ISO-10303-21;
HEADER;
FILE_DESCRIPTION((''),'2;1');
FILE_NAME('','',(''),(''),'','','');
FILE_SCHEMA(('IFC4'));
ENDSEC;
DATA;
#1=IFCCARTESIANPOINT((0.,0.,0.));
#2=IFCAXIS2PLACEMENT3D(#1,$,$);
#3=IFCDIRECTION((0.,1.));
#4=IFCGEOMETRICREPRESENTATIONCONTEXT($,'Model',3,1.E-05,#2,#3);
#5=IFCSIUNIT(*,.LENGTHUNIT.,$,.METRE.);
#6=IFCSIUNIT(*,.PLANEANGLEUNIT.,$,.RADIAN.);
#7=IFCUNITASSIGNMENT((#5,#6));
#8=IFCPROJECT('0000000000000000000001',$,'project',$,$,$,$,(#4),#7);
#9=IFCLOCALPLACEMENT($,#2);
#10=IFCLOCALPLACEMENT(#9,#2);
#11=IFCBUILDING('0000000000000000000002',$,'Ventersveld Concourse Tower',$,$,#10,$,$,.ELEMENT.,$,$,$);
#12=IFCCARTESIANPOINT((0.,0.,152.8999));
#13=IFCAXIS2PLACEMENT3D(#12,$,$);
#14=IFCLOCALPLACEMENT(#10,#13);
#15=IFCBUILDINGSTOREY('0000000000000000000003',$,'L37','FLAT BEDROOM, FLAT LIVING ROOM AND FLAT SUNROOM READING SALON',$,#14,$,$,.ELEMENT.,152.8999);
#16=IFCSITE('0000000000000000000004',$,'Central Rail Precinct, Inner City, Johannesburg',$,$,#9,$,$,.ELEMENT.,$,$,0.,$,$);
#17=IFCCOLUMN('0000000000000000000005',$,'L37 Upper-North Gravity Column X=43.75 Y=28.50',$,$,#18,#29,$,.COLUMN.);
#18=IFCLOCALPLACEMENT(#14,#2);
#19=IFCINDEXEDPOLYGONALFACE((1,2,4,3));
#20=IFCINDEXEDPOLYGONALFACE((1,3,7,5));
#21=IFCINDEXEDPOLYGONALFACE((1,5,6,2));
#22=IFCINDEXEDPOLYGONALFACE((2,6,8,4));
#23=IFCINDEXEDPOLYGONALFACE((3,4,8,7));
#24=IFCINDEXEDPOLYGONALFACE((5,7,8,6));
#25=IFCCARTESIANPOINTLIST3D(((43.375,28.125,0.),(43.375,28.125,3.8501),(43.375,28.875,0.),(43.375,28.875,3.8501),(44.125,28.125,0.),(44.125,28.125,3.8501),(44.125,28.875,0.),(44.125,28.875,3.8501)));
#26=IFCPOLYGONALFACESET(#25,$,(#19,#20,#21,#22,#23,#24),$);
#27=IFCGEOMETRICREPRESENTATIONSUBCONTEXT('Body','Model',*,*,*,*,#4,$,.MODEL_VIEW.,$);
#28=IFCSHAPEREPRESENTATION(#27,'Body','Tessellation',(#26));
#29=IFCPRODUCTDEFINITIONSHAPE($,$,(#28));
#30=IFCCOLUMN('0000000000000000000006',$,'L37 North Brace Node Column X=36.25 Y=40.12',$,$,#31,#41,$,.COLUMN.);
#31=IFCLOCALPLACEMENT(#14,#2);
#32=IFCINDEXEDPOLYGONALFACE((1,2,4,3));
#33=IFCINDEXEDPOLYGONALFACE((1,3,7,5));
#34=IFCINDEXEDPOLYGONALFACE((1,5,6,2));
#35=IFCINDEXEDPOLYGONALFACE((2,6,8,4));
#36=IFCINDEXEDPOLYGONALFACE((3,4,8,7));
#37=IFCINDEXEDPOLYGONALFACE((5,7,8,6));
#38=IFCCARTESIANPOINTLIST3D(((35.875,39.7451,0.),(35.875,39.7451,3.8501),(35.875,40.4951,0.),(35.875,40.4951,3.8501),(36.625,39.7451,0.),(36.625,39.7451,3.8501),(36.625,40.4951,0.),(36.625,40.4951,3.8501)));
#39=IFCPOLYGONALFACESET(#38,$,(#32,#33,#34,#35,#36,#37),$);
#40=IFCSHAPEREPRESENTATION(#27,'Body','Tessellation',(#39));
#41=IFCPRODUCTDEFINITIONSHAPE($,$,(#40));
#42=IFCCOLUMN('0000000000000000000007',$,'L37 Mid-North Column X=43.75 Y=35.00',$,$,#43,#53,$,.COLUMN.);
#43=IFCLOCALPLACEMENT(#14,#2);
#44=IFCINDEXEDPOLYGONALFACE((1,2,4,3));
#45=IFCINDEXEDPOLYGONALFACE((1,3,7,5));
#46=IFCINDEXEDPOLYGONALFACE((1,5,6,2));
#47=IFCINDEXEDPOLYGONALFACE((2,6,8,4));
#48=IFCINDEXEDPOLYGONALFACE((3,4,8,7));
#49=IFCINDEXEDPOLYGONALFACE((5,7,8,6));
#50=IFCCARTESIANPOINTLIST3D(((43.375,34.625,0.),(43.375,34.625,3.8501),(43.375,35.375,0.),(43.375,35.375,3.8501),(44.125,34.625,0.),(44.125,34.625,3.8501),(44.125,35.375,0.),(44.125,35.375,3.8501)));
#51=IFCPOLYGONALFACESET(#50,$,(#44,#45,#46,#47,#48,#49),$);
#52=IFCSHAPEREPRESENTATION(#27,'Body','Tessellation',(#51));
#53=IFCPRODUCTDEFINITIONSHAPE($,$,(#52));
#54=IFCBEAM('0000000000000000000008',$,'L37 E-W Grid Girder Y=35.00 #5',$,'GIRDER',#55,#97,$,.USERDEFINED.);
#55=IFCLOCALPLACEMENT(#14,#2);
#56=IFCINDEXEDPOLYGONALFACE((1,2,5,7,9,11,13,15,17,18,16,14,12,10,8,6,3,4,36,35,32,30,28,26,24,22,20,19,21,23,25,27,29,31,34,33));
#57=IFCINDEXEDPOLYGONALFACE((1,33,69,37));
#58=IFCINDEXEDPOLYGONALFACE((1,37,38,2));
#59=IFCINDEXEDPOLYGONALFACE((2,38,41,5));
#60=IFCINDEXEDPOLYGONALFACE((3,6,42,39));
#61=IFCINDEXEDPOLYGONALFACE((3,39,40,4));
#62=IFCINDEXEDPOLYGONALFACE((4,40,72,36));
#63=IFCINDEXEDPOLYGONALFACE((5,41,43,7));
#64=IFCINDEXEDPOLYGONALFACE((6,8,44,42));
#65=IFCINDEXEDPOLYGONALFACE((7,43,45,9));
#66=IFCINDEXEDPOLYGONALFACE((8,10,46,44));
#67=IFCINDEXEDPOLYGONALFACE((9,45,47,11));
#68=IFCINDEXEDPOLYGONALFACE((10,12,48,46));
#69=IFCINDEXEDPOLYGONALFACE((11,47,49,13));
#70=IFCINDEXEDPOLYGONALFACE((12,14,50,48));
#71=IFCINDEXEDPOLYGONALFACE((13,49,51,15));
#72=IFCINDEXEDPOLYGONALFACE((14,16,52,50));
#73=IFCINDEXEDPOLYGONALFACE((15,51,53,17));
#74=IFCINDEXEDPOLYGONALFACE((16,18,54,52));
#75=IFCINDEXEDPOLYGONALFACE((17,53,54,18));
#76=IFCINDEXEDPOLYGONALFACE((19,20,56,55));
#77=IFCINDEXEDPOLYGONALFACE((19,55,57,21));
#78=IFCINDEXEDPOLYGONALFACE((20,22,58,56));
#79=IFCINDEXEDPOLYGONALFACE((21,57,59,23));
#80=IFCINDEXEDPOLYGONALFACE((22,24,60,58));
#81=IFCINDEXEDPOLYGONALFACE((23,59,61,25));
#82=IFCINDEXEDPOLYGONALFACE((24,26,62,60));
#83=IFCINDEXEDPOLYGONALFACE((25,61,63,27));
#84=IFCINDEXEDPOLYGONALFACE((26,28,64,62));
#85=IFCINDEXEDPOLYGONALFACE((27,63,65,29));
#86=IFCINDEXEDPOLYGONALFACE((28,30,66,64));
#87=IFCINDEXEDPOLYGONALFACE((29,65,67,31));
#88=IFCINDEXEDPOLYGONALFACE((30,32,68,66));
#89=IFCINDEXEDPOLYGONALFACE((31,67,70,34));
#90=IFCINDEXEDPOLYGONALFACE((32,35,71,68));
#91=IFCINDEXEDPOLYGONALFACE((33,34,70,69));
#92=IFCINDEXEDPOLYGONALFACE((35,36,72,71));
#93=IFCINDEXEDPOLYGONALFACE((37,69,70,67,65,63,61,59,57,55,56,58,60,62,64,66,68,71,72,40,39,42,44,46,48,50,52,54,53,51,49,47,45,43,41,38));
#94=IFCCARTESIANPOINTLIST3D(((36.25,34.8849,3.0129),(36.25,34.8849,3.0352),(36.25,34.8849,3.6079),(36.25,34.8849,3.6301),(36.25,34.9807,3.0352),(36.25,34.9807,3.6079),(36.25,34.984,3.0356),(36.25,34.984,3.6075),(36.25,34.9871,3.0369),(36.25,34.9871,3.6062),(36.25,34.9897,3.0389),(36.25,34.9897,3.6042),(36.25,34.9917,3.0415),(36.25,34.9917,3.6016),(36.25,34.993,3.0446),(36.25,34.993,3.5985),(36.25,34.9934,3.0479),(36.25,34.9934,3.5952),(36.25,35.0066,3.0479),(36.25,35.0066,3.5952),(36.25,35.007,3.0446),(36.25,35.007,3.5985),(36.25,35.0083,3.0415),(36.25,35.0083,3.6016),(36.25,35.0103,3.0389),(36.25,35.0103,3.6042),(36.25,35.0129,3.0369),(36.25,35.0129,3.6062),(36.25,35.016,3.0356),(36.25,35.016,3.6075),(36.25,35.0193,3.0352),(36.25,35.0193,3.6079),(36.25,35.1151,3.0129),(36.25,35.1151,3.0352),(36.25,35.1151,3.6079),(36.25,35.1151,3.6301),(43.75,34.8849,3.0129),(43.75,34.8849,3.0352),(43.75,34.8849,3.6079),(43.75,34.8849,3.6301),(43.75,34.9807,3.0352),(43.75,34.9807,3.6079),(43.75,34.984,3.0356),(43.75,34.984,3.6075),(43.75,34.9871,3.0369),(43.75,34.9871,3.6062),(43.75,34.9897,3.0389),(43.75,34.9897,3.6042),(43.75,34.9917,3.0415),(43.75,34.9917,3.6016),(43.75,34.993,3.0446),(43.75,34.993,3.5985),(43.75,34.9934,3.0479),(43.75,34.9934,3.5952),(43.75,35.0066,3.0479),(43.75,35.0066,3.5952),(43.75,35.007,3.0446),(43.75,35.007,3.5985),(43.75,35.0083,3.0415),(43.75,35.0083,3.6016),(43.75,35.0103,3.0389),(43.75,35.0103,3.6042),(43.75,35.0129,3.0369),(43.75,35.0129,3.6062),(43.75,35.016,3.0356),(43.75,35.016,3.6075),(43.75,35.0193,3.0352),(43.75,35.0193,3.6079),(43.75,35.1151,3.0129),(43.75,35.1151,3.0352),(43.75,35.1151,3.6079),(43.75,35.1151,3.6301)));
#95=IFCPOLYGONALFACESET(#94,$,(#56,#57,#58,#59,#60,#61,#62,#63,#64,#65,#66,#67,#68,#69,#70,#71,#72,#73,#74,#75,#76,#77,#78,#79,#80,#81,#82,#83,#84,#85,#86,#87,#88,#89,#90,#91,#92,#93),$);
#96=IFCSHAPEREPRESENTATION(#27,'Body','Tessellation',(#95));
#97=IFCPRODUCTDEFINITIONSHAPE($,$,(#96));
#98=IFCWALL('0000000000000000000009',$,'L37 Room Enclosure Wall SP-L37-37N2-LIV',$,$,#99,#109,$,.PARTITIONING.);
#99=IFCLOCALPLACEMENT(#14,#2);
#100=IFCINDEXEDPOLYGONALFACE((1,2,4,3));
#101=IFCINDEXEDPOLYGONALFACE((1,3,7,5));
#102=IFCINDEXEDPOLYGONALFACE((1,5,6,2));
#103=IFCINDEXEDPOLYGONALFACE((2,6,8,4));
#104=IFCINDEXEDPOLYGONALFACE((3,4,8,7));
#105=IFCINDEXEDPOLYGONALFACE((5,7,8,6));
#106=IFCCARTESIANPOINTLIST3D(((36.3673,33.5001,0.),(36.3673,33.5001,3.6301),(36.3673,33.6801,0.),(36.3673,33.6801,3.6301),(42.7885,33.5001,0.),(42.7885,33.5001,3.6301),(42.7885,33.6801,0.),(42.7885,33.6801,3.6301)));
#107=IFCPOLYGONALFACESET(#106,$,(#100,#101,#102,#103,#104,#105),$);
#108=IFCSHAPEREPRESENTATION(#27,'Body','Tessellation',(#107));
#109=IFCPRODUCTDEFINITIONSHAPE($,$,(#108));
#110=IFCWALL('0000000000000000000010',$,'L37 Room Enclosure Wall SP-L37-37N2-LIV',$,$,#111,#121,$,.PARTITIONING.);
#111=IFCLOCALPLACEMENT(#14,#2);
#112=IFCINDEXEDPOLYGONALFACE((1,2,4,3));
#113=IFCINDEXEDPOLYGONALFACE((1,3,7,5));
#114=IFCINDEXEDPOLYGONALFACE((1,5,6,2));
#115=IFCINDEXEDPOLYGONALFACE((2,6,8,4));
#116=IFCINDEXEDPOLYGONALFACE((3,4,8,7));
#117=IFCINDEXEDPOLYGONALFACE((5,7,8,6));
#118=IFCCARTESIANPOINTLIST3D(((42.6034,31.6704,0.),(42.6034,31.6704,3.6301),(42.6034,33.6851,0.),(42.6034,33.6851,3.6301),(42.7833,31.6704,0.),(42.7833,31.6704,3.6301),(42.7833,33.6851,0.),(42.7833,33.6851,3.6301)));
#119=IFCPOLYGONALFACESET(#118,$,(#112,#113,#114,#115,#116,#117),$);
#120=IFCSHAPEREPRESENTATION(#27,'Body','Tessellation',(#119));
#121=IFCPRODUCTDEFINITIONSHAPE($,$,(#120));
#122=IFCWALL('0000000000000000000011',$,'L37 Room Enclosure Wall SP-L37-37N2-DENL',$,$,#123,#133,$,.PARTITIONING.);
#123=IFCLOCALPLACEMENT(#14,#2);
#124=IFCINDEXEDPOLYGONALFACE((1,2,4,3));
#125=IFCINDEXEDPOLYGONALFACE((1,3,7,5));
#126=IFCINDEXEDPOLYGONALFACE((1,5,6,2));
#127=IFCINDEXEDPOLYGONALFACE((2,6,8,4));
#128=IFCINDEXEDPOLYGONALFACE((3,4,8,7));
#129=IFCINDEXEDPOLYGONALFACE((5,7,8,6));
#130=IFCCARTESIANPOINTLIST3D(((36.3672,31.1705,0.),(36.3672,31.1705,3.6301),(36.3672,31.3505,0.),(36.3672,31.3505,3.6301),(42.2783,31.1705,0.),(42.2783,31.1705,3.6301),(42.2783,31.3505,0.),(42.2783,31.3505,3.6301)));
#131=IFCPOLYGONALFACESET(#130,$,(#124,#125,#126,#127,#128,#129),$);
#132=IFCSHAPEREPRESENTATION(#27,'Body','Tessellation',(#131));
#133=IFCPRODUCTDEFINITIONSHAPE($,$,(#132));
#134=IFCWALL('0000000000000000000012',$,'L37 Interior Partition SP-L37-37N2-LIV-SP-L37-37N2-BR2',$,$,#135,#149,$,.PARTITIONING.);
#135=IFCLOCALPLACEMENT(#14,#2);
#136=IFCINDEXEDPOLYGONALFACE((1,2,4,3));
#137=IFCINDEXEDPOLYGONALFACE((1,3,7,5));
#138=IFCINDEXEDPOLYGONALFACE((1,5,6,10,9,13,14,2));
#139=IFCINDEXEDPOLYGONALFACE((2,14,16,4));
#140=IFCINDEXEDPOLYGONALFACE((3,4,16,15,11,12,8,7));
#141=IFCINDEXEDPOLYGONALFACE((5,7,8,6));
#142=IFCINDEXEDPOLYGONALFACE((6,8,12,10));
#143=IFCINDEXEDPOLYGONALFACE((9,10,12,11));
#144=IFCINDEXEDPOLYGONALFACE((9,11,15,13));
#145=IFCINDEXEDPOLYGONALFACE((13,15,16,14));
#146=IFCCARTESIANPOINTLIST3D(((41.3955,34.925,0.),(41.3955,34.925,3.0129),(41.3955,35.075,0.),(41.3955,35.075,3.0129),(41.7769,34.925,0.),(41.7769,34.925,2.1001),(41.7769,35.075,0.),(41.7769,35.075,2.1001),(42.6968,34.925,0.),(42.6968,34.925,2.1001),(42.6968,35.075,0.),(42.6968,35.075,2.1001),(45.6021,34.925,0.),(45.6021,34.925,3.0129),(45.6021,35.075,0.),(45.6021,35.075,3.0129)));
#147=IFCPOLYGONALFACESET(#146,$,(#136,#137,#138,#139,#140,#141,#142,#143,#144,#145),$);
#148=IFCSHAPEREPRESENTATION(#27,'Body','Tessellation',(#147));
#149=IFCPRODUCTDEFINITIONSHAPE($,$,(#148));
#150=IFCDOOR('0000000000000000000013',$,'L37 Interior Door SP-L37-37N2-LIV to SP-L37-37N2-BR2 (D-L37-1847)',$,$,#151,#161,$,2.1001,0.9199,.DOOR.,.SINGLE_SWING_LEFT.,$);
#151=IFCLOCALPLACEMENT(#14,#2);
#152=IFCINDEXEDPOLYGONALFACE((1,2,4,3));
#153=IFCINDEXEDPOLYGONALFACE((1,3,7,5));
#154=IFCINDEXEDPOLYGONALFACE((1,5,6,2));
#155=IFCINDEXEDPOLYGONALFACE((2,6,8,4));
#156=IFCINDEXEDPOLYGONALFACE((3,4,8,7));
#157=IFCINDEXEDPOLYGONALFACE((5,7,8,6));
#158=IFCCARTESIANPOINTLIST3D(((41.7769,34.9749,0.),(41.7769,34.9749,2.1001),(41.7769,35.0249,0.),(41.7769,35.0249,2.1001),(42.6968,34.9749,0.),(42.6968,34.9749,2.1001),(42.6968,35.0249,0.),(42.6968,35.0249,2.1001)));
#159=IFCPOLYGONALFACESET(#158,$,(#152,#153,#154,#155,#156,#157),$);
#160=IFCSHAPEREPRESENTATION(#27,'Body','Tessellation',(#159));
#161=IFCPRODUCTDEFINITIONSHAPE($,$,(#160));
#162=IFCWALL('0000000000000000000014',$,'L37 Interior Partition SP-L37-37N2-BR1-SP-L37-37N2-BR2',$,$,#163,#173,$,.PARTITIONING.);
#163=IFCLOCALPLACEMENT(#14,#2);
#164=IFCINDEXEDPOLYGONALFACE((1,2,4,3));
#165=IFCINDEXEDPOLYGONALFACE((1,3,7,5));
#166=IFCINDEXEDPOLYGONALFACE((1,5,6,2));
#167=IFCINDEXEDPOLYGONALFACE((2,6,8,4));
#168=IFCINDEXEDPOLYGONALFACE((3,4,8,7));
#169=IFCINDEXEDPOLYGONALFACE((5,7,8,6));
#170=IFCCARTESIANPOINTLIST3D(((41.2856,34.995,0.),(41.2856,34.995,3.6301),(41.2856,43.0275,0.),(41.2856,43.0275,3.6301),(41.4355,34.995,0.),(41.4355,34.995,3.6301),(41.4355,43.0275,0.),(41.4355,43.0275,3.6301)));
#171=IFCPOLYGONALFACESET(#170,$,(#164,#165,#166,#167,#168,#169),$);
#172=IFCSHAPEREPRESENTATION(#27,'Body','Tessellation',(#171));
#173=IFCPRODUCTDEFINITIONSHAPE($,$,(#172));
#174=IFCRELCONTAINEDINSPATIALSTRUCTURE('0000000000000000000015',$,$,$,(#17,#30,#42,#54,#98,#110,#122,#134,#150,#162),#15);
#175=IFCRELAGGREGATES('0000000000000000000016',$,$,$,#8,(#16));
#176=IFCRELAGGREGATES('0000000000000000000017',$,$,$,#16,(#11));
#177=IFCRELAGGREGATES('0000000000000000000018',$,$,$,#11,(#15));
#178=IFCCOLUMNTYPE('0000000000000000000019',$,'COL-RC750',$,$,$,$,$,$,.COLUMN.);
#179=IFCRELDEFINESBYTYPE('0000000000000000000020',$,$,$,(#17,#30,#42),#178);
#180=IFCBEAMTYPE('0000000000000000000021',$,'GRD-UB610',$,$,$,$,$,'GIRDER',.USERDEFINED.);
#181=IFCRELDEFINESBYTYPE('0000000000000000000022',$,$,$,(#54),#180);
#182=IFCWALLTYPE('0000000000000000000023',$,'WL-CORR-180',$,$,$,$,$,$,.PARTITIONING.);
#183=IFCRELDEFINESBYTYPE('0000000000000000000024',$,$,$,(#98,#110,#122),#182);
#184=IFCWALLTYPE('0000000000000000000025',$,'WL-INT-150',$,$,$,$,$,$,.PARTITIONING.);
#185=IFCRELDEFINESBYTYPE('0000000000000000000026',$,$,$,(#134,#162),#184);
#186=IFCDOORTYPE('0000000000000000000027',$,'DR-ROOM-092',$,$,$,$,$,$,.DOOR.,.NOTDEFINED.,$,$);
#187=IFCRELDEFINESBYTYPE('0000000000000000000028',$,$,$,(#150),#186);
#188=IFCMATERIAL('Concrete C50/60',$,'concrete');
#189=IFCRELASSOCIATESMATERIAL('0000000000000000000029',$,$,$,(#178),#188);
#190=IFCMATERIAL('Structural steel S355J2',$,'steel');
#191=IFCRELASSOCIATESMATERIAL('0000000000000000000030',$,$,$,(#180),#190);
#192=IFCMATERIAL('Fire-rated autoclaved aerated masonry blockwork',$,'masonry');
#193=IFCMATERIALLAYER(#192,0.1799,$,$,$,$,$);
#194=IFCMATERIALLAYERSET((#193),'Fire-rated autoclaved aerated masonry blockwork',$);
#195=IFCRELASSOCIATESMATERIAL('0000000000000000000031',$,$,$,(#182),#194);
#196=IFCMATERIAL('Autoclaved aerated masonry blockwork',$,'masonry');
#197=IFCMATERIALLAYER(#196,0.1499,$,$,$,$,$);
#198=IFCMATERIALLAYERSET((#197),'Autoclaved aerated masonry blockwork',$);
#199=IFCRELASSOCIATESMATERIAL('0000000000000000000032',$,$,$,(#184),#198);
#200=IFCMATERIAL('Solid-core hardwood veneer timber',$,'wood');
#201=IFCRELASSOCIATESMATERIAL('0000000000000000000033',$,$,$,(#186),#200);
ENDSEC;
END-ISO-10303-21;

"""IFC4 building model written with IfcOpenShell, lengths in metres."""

from ifc_helpers import new_model, si_unit, direction, frame, frame_2d, origin, origin_2d, place, context, subcontext, project, spatial, rectangle, i_section, extrude, material, layer, layer_set, material_profile, profile_set, type_object, element, fill, save


model = new_model("IFC4")

# Units and contexts
model_context = context("Model", 3, precision=1e-05, world=origin(), true_north=direction((0.0, 1.0)))
body_context = subcontext(model_context, "Body", "Model", "MODEL_VIEW")
ifc_project = project(units=[si_unit("LENGTHUNIT", "METRE"), si_unit("PLANEANGLEUNIT", "RADIAN")], contexts=[model_context])

# Site, building, storey
site_placement = place(None, origin())
site = spatial("IfcSite", under=ifc_project, at=site_placement, Name="Central Rail Precinct, Inner City, Johannesburg", CompositionType="ELEMENT", RefElevation=0.0)
building_placement = place(site_placement, origin())
building = spatial("IfcBuilding", under=site, at=building_placement, Name="Ventersveld Concourse Tower", CompositionType="ELEMENT")
storey_placement = place(building_placement, frame((0.0, 0.0, 152.8999)))
storey = spatial("IfcBuildingStorey", under=building, at=storey_placement, Name="L37", Description="FLAT BEDROOM, FLAT LIVING ROOM AND FLAT SUNROOM READING SALON", CompositionType="ELEMENT", Elevation=152.8999)

# Columns
ifc_material_1 = material(Name="Concrete C50/60", Category="concrete")
ifc_material_profile_1 = material_profile(ifc_material_1, rectangle(XDim=0.75, YDim=0.75, at=origin_2d()), Name="RC 750x750")
ifc_profile_set_1 = profile_set([ifc_material_profile_1], Name="Concrete C50/60")
column_type = type_object("IfcColumnType", Name="COL-RC750", PredefinedType="COLUMN", material=ifc_profile_set_1)
for number, where, z_axis, x_axis, name in (
    (1, (43.75, 28.5, 0.0), (0.0, 0.0, 1.0), (1.0, 0.0, 0.0), "L37 Upper-North Gravity Column X=43.75 Y=28.50"),
    (2, (36.25, 40.1201, 0.0), (0.0, 0.0, 1.0), (1.0, 0.0, 0.0), "L37 North Brace Node Column X=36.25 Y=40.12"),
    (3, (43.75, 35.0, 0.0), (0.0, 0.0, 1.0), (1.0, 0.0, 0.0), "L37 Mid-North Column X=43.75 Y=35.00"),
):
    element("IfcColumn", number, at=place(storey_placement, frame(where, z_axis=z_axis, x_axis=x_axis)), inside=storey, type_object=column_type, Name=name, PredefinedType="COLUMN", context=body_context, shape_type="SweptSolid", body=[
        extrude(rectangle(XDim=0.75, YDim=0.75, at=origin_2d()), origin(), (0.0, 0.0, 1.0), 3.8501),
    ])

# Beam
ifc_material_2 = material(Name="Structural steel S355J2", Category="steel")
ifc_material_profile_2 = material_profile(ifc_material_2, i_section(OverallWidth=0.2302, OverallDepth=0.6172, WebThickness=0.0132, FlangeThickness=0.0222, FilletRadius=0.0127, at=origin_2d()), Name="UB 610x229x140")
ifc_profile_set_2 = profile_set([ifc_material_profile_2], Name="Structural steel S355J2")
beam_type = type_object("IfcBeamType", Name="GRD-UB610", ElementType="GIRDER", PredefinedType="USERDEFINED", material=ifc_profile_set_2)
beam_placement = place(storey_placement, frame((36.25, 35.0, 3.3215), z_axis=(1.0, 0.0, 0.0), x_axis=(0.0, 1.0, 0.0)))
element("IfcBeam", 4, at=beam_placement, inside=storey, type_object=beam_type, Name="L37 E-W Grid Girder Y=35.00 #5", ObjectType="GIRDER", PredefinedType="USERDEFINED", context=body_context, shape_type="SweptSolid", body=[
    extrude(i_section(OverallWidth=0.2302, OverallDepth=0.6172, WebThickness=0.0132, FlangeThickness=0.0222, FilletRadius=0.0127, at=origin_2d()), origin(), (0.0, 0.0, 1.0), 7.5),
])

# Walls
ifc_material_3 = material(Name="Fire-rated autoclaved aerated masonry blockwork", Category="masonry")
ifc_layer_1 = layer(ifc_material_3, 0.1799)
ifc_layer_set_1 = layer_set([ifc_layer_1], Name="Fire-rated autoclaved aerated masonry blockwork")
wall_type_1 = type_object("IfcWallType", Name="WL-CORR-180", PredefinedType="PARTITIONING", material=ifc_layer_set_1)
wall_1_placement = place(storey_placement, frame((42.7883, 33.5901, 0.0), z_axis=(0.0, 0.0, 1.0), x_axis=(-1.0, 0.0, 0.0)))
element("IfcWall", 5, at=wall_1_placement, inside=storey, type_object=wall_type_1, Name="L37 Room Enclosure Wall SP-L37-37N2-LIV", PredefinedType="PARTITIONING", context=body_context, shape_type="SweptSolid", body=[
    extrude(rectangle(XDim=6.4211, YDim=0.1799, at=frame_2d((3.2104, 0.0))), origin(), (0.0, 0.0, 1.0), 3.6301),
])
wall_2_placement = place(storey_placement, frame((42.6934, 31.6704, 0.0), z_axis=(0.0, 0.0, 1.0), x_axis=(0.0, 1.0, 0.0)))
element("IfcWall", 6, at=wall_2_placement, inside=storey, type_object=wall_type_1, Name="L37 Room Enclosure Wall SP-L37-37N2-LIV", PredefinedType="PARTITIONING", context=body_context, shape_type="SweptSolid", body=[
    extrude(rectangle(XDim=2.0146, YDim=0.1799, at=frame_2d((1.0073, 0.0))), origin(), (0.0, 0.0, 1.0), 3.6301),
])
wall_3_placement = place(storey_placement, frame((36.3672, 31.2605, 0.0), z_axis=(0.0, 0.0, 1.0), x_axis=(1.0, 0.0, 0.0)))
element("IfcWall", 7, at=wall_3_placement, inside=storey, type_object=wall_type_1, Name="L37 Room Enclosure Wall SP-L37-37N2-DENL", PredefinedType="PARTITIONING", context=body_context, shape_type="SweptSolid", body=[
    extrude(rectangle(XDim=5.9111, YDim=0.1799, at=frame_2d((2.9556, 0.0))), origin(), (0.0, 0.0, 1.0), 3.6301),
])

# Wall, opening, door
ifc_material_4 = material(Name="Autoclaved aerated masonry blockwork", Category="masonry")
ifc_layer_2 = layer(ifc_material_4, 0.1499)
ifc_layer_set_2 = layer_set([ifc_layer_2], Name="Autoclaved aerated masonry blockwork")
wall_type_2 = type_object("IfcWallType", Name="WL-INT-150", PredefinedType="PARTITIONING", material=ifc_layer_set_2)
wall_4_placement = place(storey_placement, frame((41.3955, 35.0, 0.0), z_axis=(0.0, 0.0, 1.0), x_axis=(1.0, 0.0, 0.0)))
wall_4 = element("IfcWall", 8, at=wall_4_placement, inside=storey, type_object=wall_type_2, Name="L37 Interior Partition SP-L37-37N2-LIV-SP-L37-37N2-BR2", PredefinedType="PARTITIONING", context=body_context, shape_type="SweptSolid", body=[
    extrude(rectangle(XDim=4.2065, YDim=0.1499, at=frame_2d((2.1033, 0.0))), origin(), (0.0, 0.0, 1.0), 3.0129),
])
opening_placement = place(wall_4_placement, frame((0.3813, 0.0, 0.0)))
opening = element("IfcOpeningElement", 9, at=opening_placement, cuts=wall_4, PredefinedType="OPENING", context=body_context, shape_type="SweptSolid", body=[
    extrude(rectangle(XDim=0.9199, YDim=2.1001, at=frame_2d((0.46, 1.05))), frame((0.0, 0.085, 0.0), z_axis=(0.0, -1.0, 0.0), x_axis=(1.0, 0.0, 0.0)), (0.0, 0.0, 1.0), 0.1699),
])
ifc_material_5 = material(Name="Solid-core hardwood veneer timber", Category="wood")
door_type = type_object("IfcDoorType", Name="DR-ROOM-092", OperationType="NOTDEFINED", PredefinedType="DOOR", material=ifc_material_5)
door_placement = place(opening_placement, origin())
door = element("IfcDoor", 10, at=door_placement, inside=storey, type_object=door_type, Name="L37 Interior Door SP-L37-37N2-LIV to SP-L37-37N2-BR2 (D-L37-1847)", OperationType="SINGLE_SWING_LEFT", OverallHeight=2.1001, OverallWidth=0.9199, PredefinedType="DOOR", context=body_context, shape_type="SweptSolid", body=[
    extrude(rectangle(XDim=0.9199, YDim=2.1001, at=frame_2d((0.46, 1.05))), frame((0.0, 0.0249, 0.0), z_axis=(0.0, -1.0, 0.0), x_axis=(1.0, 0.0, 0.0)), (0.0, 0.0, 1.0), 0.05),
])
fill(opening, door)

# Wall
wall_5_placement = place(storey_placement, frame((41.3606, 34.9951, 0.0), z_axis=(0.0, 0.0, 1.0), x_axis=(0.0, 1.0, 0.0)))
element("IfcWall", 11, at=wall_5_placement, inside=storey, type_object=wall_type_2, Name="L37 Interior Partition SP-L37-37N2-BR1-SP-L37-37N2-BR2", PredefinedType="PARTITIONING", context=body_context, shape_type="SweptSolid", body=[
    extrude(rectangle(XDim=8.0325, YDim=0.1499, at=frame_2d((4.0161, 0.0))), origin(), (0.0, 0.0, 1.0), 3.6301),
])

save(model, "model.ifc")
